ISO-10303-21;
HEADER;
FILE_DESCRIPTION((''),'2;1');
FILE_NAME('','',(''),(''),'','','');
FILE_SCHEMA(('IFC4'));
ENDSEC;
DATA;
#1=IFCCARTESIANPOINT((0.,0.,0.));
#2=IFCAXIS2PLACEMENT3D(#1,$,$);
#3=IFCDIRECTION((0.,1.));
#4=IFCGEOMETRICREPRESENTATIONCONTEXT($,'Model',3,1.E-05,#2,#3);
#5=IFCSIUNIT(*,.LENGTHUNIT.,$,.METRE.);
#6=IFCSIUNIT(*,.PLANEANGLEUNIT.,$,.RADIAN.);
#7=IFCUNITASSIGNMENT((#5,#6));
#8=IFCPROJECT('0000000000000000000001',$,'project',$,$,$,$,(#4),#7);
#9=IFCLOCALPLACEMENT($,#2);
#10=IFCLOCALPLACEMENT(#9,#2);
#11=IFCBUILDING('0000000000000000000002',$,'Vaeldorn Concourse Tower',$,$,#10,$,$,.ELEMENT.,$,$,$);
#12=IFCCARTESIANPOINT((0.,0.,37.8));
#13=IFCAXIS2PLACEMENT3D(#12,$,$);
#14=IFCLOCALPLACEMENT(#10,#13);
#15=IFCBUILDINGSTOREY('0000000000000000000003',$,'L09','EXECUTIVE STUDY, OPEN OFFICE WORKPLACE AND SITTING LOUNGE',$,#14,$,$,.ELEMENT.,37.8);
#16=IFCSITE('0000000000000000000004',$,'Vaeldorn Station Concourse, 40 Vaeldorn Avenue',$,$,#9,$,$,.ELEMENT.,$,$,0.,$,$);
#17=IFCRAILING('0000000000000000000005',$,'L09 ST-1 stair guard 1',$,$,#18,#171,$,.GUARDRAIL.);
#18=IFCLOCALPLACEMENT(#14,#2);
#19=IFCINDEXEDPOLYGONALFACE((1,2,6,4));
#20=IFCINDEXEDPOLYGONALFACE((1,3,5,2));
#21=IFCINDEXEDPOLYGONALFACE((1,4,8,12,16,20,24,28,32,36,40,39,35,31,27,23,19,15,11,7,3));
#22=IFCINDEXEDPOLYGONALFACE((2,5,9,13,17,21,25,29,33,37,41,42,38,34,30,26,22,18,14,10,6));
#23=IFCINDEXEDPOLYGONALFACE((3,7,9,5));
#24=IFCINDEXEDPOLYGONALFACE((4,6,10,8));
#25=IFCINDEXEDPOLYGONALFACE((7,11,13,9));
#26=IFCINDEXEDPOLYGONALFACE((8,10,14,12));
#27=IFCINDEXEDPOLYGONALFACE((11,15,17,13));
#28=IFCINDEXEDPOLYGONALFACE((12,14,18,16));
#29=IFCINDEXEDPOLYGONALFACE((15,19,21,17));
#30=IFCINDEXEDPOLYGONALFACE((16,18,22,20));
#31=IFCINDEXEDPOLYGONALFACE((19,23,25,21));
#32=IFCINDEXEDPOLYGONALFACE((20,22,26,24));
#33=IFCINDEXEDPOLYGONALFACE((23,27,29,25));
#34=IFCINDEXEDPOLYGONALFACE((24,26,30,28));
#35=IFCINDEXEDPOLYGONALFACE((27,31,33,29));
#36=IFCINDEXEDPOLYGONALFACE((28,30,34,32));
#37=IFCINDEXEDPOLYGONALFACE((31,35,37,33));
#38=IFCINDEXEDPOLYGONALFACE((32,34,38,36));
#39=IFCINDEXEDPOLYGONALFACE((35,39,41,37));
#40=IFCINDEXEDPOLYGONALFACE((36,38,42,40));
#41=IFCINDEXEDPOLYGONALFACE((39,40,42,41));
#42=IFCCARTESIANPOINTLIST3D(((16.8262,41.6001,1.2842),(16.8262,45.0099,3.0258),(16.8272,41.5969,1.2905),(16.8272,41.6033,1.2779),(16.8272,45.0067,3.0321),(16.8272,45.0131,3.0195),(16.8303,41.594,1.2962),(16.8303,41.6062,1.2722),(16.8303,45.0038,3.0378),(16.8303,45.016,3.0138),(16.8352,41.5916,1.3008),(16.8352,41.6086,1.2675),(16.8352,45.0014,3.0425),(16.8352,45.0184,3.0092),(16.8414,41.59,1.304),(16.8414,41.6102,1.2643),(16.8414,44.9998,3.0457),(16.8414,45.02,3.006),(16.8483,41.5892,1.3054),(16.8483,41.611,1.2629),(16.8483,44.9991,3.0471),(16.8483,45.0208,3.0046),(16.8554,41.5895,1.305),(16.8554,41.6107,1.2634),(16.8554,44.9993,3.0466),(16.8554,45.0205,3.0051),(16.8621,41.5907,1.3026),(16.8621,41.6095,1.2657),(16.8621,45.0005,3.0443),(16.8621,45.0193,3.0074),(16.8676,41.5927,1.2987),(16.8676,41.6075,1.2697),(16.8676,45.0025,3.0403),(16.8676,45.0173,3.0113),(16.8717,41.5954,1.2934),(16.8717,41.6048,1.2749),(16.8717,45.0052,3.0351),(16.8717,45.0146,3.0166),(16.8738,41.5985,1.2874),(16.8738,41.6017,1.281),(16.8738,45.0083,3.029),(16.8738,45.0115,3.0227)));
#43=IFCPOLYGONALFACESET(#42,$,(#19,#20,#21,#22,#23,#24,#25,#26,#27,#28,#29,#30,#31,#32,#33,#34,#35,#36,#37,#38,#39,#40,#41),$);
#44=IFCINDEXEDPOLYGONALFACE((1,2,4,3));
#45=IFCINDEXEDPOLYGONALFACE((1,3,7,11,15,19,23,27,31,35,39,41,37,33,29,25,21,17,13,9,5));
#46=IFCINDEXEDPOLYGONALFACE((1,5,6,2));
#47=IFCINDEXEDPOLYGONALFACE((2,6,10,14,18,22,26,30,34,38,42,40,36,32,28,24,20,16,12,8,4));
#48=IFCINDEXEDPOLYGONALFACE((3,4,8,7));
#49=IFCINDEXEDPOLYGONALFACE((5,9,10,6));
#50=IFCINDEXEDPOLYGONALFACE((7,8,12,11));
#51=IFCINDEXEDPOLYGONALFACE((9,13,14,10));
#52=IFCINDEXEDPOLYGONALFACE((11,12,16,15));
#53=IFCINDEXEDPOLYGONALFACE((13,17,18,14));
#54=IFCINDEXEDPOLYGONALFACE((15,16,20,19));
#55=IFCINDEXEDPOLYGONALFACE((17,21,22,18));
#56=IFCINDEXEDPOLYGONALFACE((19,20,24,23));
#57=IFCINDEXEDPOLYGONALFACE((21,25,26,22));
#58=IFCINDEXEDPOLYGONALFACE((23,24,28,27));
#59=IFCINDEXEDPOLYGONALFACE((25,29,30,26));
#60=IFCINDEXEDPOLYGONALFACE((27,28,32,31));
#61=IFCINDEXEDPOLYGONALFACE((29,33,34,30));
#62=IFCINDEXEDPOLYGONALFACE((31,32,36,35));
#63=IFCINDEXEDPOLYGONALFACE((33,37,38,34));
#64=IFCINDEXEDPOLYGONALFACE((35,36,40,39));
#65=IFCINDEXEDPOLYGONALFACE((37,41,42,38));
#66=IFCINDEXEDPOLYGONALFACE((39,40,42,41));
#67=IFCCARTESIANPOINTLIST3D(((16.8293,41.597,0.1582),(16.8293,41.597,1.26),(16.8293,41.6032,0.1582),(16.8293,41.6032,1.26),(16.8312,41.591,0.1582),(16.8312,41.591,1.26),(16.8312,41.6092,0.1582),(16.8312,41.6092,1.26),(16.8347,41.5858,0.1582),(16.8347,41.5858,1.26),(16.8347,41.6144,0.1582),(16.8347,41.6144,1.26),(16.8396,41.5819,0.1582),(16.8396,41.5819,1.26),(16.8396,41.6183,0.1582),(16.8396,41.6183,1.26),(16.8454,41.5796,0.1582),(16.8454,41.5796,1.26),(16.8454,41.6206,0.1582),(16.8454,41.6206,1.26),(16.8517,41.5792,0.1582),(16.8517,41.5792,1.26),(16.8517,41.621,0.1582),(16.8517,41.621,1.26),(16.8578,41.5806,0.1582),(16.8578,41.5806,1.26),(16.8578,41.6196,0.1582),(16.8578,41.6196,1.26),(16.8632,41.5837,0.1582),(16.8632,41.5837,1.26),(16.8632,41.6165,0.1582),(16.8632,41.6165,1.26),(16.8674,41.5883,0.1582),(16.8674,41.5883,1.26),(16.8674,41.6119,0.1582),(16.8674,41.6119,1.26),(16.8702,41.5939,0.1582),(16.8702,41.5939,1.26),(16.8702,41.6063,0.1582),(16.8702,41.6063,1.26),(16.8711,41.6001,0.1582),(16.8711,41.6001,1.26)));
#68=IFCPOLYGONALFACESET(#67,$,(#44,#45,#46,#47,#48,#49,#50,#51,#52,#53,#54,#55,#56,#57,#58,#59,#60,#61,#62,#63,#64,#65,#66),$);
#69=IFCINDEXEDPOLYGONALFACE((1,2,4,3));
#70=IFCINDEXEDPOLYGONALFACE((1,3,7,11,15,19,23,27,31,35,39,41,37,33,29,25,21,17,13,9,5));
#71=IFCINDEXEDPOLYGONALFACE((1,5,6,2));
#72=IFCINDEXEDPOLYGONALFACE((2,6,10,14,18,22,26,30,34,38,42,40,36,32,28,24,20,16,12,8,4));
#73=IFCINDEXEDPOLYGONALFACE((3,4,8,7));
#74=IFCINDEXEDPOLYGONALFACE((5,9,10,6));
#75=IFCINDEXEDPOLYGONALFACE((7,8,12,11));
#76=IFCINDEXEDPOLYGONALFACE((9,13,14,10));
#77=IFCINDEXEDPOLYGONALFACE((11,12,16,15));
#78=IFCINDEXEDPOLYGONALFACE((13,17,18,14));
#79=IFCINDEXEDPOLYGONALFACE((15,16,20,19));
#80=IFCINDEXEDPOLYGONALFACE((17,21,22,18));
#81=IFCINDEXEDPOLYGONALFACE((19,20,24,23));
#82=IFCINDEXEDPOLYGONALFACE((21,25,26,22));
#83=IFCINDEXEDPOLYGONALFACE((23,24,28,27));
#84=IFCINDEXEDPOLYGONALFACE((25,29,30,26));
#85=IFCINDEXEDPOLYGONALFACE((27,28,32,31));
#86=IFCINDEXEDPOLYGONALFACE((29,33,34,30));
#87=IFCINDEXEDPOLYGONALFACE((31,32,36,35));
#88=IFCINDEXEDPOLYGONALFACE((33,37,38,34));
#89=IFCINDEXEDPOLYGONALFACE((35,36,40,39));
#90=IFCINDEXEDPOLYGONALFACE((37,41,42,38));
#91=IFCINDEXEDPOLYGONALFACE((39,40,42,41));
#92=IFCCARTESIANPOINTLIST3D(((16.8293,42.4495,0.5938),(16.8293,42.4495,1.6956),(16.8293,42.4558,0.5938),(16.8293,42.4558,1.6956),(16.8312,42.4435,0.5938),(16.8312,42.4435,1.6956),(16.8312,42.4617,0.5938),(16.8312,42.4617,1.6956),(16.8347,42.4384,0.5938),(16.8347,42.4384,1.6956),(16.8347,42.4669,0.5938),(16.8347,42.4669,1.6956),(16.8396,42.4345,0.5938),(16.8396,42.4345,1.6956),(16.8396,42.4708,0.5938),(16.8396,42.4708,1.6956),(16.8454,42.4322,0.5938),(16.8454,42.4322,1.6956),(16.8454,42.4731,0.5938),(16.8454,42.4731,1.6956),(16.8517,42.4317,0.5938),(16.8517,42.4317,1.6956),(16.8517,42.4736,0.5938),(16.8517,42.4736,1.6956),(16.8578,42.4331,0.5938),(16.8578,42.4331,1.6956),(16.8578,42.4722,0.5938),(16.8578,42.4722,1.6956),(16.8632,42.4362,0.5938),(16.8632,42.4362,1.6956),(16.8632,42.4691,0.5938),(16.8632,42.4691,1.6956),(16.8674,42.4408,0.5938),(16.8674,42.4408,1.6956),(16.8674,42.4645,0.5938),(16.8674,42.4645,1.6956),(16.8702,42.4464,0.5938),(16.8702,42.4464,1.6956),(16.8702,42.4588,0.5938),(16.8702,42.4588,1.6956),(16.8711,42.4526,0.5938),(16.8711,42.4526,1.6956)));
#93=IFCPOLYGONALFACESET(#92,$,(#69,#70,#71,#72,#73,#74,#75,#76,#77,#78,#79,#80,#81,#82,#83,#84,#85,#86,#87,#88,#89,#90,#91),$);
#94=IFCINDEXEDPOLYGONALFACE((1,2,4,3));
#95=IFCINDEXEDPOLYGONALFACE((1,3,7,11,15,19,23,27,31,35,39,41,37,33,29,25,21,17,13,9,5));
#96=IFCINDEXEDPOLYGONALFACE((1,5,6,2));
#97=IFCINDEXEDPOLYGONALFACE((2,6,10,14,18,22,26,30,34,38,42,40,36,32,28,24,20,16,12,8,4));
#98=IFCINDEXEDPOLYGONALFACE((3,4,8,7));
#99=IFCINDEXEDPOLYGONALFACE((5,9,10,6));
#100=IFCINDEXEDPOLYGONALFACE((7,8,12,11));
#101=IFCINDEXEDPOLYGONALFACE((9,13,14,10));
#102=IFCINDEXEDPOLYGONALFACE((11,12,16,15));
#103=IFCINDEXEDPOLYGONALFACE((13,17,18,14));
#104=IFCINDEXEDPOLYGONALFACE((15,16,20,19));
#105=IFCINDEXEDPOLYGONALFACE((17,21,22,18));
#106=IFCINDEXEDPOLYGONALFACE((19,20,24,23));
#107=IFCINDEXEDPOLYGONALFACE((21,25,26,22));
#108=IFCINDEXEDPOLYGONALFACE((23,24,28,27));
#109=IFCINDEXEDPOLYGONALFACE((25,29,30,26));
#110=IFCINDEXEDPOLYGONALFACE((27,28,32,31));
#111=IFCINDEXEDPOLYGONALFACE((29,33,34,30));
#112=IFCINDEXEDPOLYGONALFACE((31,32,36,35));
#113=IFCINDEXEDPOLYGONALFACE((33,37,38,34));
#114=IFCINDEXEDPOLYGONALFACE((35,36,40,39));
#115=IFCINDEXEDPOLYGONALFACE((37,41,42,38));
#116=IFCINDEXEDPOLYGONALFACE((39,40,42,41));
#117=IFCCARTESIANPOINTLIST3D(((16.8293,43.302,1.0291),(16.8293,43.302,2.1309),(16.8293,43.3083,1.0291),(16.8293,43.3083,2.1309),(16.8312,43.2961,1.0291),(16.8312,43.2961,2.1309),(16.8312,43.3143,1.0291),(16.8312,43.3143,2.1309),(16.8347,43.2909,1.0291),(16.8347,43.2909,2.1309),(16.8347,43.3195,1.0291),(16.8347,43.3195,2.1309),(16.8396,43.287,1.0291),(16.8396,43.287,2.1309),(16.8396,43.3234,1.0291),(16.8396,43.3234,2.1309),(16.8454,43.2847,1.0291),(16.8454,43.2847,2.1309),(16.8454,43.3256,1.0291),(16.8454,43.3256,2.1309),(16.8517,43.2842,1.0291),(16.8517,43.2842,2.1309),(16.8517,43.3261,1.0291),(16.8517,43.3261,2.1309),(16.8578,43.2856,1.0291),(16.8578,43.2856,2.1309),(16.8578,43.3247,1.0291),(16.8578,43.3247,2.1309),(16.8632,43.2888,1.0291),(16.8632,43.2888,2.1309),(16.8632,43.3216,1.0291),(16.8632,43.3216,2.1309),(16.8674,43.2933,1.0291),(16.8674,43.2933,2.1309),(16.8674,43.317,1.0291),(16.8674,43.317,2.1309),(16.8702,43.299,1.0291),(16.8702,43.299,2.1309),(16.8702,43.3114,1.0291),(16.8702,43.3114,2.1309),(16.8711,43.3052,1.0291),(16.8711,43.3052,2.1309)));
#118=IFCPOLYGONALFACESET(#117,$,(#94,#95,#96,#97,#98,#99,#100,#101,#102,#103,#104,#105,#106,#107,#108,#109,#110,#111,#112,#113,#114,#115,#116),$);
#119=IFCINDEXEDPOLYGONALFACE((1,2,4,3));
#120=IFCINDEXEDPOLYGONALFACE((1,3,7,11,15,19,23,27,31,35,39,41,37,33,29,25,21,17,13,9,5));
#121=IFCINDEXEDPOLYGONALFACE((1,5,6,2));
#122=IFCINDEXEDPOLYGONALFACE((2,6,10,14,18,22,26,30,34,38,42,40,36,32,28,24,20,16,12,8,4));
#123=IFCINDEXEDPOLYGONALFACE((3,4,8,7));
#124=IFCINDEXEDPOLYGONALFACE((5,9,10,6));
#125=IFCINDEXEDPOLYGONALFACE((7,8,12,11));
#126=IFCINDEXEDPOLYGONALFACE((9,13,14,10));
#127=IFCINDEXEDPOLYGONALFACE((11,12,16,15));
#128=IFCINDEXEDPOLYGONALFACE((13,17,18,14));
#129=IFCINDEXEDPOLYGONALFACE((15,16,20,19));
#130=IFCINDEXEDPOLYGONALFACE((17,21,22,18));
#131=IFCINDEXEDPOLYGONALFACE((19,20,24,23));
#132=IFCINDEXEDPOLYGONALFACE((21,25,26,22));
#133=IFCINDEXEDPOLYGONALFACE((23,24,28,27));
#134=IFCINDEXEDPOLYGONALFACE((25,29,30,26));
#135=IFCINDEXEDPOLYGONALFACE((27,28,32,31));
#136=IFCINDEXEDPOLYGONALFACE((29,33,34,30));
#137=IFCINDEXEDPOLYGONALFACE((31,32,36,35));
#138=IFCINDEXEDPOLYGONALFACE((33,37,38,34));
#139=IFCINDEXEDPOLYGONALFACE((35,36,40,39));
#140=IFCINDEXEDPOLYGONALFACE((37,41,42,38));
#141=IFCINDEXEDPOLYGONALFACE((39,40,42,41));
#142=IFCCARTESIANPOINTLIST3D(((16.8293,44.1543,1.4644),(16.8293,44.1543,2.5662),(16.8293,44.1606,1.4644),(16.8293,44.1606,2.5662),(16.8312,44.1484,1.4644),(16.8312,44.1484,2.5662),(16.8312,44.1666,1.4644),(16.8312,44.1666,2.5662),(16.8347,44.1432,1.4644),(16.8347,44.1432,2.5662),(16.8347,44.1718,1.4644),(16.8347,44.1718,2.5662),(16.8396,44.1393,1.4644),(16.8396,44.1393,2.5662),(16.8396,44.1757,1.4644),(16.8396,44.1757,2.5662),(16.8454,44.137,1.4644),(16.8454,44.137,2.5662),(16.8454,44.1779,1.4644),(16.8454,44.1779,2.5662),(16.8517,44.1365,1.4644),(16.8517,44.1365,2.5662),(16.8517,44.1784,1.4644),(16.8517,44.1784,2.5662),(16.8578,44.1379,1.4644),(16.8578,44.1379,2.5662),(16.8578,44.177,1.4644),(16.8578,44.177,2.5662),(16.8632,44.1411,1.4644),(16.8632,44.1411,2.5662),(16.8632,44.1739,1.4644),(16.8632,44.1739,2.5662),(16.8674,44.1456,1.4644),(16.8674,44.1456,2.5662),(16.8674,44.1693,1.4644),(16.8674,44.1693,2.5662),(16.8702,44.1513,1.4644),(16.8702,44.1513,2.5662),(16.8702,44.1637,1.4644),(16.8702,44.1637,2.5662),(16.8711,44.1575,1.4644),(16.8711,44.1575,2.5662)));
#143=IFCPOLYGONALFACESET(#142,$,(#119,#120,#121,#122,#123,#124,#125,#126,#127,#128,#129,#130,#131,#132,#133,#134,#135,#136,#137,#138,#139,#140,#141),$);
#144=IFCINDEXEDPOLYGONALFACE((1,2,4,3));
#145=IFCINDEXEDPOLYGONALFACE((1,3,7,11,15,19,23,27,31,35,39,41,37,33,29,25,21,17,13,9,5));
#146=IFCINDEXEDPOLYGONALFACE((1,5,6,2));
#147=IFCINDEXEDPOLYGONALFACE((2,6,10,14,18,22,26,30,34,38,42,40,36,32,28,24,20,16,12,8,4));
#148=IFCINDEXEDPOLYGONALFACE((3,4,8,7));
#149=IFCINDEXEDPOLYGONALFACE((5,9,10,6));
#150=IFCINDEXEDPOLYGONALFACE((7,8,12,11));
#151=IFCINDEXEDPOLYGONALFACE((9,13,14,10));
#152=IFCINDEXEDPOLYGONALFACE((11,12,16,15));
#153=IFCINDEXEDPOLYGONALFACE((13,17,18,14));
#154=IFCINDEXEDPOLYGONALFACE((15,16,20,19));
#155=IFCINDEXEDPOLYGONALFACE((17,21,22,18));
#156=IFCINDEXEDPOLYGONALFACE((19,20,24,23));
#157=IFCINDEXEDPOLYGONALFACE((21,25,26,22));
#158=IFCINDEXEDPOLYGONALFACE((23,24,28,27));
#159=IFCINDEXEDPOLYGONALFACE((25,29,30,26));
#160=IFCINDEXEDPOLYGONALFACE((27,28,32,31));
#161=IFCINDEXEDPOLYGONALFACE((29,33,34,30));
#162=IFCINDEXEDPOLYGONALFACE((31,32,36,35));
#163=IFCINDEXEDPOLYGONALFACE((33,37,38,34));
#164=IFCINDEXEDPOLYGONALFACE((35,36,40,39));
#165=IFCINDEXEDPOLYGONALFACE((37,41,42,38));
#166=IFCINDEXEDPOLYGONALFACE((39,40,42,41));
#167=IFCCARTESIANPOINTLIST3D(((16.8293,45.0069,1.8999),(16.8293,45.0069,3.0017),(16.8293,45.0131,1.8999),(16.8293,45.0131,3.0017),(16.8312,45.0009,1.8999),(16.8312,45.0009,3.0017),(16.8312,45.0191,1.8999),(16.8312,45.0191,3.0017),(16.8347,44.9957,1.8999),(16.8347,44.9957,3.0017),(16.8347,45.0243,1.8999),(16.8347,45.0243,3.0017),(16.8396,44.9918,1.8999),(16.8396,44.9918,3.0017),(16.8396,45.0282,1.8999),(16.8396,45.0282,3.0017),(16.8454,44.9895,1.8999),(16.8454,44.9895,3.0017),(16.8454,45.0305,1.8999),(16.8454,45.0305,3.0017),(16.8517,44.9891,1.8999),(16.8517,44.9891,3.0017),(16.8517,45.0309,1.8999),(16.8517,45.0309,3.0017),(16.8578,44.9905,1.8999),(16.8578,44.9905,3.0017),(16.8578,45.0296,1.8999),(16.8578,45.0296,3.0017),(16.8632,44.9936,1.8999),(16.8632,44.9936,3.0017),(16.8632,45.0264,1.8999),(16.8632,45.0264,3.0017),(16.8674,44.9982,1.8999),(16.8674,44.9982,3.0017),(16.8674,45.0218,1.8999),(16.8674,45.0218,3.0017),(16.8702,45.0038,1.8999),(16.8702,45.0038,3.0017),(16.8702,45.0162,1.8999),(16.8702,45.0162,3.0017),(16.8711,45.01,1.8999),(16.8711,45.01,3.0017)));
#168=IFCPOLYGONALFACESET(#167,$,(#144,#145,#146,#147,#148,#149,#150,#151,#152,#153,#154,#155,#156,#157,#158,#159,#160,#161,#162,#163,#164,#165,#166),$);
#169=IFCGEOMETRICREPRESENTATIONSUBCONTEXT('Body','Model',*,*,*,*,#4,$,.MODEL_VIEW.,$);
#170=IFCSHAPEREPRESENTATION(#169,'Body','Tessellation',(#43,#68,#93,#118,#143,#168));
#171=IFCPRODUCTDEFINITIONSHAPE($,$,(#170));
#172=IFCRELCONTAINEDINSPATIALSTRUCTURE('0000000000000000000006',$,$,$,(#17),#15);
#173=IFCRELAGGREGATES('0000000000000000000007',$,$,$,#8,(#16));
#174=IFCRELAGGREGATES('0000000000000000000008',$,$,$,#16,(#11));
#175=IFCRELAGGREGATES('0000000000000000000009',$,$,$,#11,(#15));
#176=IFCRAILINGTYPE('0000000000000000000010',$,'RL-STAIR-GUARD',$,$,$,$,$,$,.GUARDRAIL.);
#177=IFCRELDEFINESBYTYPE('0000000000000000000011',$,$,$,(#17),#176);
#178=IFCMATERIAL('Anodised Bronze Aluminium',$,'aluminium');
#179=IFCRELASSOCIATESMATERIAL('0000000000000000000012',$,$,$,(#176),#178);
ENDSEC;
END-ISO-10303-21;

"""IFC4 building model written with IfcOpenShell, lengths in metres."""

from ifc_helpers import new_model, si_unit, direction, frame, origin, origin_2d, place, context, subcontext, project, spatial, circle, extrude, material, type_object, element, save


model = new_model("IFC4")

# Units and contexts
model_context = context("Model", 3, precision=1e-05, world=origin(), true_north=direction((0.0, 1.0)))
body_context = subcontext(model_context, "Body", "Model", "MODEL_VIEW")
ifc_project = project(units=[si_unit("LENGTHUNIT", "METRE"), si_unit("PLANEANGLEUNIT", "RADIAN")], contexts=[model_context])

# Site, building, storey
site_placement = place(None, origin())
site = spatial("IfcSite", under=ifc_project, at=site_placement, Name="Vaeldorn Station Concourse, 40 Vaeldorn Avenue", CompositionType="ELEMENT", RefElevation=0.0)
building_placement = place(site_placement, origin())
building = spatial("IfcBuilding", under=site, at=building_placement, Name="Vaeldorn Concourse Tower", CompositionType="ELEMENT")
storey_placement = place(building_placement, frame((0.0, 0.0, 37.8)))
storey = spatial("IfcBuildingStorey", under=building, at=storey_placement, Name="L09", Description="EXECUTIVE STUDY, OPEN OFFICE WORKPLACE AND SITTING LOUNGE", CompositionType="ELEMENT", Elevation=37.8)

# Shared definitions
ifc_material_1 = material(Name="Anodised Bronze Aluminium", Category="aluminium")

# Railing
railing_type_1 = type_object("IfcRailingType", Name="RL-STAIR-GUARD", PredefinedType="GUARDRAIL", material=ifc_material_1)
railing_1_placement = place(storey_placement, frame((16.8501, 41.6001, 0.1582)))
element("IfcRailing", 1, at=railing_1_placement, inside=storey, type_object=railing_type_1, Name="L09 ST-1 stair guard 1", PredefinedType="GUARDRAIL", context=body_context, shape_type="SweptSolid", body=[
    extrude(circle(Radius=0.0239, at=origin_2d()), frame((0.0, 0.0, 1.126), z_axis=(0.0, 0.890556, 0.454874), x_axis=(-1.0, 0.0, 0.0)), (0.0, 0.0, 1.0), 3.8289),
    extrude(circle(Radius=0.021, at=origin_2d()), origin(), (0.0, 0.0, 1.0), 1.1018),
    extrude(circle(Radius=0.021, at=origin_2d()), frame((0.0, 0.8525, 0.4355)), (0.0, 0.0, 1.0), 1.1018),
    extrude(circle(Radius=0.021, at=origin_2d()), frame((0.0, 1.7051, 0.8708)), (0.0, 0.0, 1.0), 1.1018),
    extrude(circle(Radius=0.021, at=origin_2d()), frame((0.0, 2.5574, 1.3062)), (0.0, 0.0, 1.0), 1.1018),
    extrude(circle(Radius=0.021, at=origin_2d()), frame((0.0, 3.4099, 1.7417)), (0.0, 0.0, 1.0), 1.1018),
])

save(model, "model.ifc")
